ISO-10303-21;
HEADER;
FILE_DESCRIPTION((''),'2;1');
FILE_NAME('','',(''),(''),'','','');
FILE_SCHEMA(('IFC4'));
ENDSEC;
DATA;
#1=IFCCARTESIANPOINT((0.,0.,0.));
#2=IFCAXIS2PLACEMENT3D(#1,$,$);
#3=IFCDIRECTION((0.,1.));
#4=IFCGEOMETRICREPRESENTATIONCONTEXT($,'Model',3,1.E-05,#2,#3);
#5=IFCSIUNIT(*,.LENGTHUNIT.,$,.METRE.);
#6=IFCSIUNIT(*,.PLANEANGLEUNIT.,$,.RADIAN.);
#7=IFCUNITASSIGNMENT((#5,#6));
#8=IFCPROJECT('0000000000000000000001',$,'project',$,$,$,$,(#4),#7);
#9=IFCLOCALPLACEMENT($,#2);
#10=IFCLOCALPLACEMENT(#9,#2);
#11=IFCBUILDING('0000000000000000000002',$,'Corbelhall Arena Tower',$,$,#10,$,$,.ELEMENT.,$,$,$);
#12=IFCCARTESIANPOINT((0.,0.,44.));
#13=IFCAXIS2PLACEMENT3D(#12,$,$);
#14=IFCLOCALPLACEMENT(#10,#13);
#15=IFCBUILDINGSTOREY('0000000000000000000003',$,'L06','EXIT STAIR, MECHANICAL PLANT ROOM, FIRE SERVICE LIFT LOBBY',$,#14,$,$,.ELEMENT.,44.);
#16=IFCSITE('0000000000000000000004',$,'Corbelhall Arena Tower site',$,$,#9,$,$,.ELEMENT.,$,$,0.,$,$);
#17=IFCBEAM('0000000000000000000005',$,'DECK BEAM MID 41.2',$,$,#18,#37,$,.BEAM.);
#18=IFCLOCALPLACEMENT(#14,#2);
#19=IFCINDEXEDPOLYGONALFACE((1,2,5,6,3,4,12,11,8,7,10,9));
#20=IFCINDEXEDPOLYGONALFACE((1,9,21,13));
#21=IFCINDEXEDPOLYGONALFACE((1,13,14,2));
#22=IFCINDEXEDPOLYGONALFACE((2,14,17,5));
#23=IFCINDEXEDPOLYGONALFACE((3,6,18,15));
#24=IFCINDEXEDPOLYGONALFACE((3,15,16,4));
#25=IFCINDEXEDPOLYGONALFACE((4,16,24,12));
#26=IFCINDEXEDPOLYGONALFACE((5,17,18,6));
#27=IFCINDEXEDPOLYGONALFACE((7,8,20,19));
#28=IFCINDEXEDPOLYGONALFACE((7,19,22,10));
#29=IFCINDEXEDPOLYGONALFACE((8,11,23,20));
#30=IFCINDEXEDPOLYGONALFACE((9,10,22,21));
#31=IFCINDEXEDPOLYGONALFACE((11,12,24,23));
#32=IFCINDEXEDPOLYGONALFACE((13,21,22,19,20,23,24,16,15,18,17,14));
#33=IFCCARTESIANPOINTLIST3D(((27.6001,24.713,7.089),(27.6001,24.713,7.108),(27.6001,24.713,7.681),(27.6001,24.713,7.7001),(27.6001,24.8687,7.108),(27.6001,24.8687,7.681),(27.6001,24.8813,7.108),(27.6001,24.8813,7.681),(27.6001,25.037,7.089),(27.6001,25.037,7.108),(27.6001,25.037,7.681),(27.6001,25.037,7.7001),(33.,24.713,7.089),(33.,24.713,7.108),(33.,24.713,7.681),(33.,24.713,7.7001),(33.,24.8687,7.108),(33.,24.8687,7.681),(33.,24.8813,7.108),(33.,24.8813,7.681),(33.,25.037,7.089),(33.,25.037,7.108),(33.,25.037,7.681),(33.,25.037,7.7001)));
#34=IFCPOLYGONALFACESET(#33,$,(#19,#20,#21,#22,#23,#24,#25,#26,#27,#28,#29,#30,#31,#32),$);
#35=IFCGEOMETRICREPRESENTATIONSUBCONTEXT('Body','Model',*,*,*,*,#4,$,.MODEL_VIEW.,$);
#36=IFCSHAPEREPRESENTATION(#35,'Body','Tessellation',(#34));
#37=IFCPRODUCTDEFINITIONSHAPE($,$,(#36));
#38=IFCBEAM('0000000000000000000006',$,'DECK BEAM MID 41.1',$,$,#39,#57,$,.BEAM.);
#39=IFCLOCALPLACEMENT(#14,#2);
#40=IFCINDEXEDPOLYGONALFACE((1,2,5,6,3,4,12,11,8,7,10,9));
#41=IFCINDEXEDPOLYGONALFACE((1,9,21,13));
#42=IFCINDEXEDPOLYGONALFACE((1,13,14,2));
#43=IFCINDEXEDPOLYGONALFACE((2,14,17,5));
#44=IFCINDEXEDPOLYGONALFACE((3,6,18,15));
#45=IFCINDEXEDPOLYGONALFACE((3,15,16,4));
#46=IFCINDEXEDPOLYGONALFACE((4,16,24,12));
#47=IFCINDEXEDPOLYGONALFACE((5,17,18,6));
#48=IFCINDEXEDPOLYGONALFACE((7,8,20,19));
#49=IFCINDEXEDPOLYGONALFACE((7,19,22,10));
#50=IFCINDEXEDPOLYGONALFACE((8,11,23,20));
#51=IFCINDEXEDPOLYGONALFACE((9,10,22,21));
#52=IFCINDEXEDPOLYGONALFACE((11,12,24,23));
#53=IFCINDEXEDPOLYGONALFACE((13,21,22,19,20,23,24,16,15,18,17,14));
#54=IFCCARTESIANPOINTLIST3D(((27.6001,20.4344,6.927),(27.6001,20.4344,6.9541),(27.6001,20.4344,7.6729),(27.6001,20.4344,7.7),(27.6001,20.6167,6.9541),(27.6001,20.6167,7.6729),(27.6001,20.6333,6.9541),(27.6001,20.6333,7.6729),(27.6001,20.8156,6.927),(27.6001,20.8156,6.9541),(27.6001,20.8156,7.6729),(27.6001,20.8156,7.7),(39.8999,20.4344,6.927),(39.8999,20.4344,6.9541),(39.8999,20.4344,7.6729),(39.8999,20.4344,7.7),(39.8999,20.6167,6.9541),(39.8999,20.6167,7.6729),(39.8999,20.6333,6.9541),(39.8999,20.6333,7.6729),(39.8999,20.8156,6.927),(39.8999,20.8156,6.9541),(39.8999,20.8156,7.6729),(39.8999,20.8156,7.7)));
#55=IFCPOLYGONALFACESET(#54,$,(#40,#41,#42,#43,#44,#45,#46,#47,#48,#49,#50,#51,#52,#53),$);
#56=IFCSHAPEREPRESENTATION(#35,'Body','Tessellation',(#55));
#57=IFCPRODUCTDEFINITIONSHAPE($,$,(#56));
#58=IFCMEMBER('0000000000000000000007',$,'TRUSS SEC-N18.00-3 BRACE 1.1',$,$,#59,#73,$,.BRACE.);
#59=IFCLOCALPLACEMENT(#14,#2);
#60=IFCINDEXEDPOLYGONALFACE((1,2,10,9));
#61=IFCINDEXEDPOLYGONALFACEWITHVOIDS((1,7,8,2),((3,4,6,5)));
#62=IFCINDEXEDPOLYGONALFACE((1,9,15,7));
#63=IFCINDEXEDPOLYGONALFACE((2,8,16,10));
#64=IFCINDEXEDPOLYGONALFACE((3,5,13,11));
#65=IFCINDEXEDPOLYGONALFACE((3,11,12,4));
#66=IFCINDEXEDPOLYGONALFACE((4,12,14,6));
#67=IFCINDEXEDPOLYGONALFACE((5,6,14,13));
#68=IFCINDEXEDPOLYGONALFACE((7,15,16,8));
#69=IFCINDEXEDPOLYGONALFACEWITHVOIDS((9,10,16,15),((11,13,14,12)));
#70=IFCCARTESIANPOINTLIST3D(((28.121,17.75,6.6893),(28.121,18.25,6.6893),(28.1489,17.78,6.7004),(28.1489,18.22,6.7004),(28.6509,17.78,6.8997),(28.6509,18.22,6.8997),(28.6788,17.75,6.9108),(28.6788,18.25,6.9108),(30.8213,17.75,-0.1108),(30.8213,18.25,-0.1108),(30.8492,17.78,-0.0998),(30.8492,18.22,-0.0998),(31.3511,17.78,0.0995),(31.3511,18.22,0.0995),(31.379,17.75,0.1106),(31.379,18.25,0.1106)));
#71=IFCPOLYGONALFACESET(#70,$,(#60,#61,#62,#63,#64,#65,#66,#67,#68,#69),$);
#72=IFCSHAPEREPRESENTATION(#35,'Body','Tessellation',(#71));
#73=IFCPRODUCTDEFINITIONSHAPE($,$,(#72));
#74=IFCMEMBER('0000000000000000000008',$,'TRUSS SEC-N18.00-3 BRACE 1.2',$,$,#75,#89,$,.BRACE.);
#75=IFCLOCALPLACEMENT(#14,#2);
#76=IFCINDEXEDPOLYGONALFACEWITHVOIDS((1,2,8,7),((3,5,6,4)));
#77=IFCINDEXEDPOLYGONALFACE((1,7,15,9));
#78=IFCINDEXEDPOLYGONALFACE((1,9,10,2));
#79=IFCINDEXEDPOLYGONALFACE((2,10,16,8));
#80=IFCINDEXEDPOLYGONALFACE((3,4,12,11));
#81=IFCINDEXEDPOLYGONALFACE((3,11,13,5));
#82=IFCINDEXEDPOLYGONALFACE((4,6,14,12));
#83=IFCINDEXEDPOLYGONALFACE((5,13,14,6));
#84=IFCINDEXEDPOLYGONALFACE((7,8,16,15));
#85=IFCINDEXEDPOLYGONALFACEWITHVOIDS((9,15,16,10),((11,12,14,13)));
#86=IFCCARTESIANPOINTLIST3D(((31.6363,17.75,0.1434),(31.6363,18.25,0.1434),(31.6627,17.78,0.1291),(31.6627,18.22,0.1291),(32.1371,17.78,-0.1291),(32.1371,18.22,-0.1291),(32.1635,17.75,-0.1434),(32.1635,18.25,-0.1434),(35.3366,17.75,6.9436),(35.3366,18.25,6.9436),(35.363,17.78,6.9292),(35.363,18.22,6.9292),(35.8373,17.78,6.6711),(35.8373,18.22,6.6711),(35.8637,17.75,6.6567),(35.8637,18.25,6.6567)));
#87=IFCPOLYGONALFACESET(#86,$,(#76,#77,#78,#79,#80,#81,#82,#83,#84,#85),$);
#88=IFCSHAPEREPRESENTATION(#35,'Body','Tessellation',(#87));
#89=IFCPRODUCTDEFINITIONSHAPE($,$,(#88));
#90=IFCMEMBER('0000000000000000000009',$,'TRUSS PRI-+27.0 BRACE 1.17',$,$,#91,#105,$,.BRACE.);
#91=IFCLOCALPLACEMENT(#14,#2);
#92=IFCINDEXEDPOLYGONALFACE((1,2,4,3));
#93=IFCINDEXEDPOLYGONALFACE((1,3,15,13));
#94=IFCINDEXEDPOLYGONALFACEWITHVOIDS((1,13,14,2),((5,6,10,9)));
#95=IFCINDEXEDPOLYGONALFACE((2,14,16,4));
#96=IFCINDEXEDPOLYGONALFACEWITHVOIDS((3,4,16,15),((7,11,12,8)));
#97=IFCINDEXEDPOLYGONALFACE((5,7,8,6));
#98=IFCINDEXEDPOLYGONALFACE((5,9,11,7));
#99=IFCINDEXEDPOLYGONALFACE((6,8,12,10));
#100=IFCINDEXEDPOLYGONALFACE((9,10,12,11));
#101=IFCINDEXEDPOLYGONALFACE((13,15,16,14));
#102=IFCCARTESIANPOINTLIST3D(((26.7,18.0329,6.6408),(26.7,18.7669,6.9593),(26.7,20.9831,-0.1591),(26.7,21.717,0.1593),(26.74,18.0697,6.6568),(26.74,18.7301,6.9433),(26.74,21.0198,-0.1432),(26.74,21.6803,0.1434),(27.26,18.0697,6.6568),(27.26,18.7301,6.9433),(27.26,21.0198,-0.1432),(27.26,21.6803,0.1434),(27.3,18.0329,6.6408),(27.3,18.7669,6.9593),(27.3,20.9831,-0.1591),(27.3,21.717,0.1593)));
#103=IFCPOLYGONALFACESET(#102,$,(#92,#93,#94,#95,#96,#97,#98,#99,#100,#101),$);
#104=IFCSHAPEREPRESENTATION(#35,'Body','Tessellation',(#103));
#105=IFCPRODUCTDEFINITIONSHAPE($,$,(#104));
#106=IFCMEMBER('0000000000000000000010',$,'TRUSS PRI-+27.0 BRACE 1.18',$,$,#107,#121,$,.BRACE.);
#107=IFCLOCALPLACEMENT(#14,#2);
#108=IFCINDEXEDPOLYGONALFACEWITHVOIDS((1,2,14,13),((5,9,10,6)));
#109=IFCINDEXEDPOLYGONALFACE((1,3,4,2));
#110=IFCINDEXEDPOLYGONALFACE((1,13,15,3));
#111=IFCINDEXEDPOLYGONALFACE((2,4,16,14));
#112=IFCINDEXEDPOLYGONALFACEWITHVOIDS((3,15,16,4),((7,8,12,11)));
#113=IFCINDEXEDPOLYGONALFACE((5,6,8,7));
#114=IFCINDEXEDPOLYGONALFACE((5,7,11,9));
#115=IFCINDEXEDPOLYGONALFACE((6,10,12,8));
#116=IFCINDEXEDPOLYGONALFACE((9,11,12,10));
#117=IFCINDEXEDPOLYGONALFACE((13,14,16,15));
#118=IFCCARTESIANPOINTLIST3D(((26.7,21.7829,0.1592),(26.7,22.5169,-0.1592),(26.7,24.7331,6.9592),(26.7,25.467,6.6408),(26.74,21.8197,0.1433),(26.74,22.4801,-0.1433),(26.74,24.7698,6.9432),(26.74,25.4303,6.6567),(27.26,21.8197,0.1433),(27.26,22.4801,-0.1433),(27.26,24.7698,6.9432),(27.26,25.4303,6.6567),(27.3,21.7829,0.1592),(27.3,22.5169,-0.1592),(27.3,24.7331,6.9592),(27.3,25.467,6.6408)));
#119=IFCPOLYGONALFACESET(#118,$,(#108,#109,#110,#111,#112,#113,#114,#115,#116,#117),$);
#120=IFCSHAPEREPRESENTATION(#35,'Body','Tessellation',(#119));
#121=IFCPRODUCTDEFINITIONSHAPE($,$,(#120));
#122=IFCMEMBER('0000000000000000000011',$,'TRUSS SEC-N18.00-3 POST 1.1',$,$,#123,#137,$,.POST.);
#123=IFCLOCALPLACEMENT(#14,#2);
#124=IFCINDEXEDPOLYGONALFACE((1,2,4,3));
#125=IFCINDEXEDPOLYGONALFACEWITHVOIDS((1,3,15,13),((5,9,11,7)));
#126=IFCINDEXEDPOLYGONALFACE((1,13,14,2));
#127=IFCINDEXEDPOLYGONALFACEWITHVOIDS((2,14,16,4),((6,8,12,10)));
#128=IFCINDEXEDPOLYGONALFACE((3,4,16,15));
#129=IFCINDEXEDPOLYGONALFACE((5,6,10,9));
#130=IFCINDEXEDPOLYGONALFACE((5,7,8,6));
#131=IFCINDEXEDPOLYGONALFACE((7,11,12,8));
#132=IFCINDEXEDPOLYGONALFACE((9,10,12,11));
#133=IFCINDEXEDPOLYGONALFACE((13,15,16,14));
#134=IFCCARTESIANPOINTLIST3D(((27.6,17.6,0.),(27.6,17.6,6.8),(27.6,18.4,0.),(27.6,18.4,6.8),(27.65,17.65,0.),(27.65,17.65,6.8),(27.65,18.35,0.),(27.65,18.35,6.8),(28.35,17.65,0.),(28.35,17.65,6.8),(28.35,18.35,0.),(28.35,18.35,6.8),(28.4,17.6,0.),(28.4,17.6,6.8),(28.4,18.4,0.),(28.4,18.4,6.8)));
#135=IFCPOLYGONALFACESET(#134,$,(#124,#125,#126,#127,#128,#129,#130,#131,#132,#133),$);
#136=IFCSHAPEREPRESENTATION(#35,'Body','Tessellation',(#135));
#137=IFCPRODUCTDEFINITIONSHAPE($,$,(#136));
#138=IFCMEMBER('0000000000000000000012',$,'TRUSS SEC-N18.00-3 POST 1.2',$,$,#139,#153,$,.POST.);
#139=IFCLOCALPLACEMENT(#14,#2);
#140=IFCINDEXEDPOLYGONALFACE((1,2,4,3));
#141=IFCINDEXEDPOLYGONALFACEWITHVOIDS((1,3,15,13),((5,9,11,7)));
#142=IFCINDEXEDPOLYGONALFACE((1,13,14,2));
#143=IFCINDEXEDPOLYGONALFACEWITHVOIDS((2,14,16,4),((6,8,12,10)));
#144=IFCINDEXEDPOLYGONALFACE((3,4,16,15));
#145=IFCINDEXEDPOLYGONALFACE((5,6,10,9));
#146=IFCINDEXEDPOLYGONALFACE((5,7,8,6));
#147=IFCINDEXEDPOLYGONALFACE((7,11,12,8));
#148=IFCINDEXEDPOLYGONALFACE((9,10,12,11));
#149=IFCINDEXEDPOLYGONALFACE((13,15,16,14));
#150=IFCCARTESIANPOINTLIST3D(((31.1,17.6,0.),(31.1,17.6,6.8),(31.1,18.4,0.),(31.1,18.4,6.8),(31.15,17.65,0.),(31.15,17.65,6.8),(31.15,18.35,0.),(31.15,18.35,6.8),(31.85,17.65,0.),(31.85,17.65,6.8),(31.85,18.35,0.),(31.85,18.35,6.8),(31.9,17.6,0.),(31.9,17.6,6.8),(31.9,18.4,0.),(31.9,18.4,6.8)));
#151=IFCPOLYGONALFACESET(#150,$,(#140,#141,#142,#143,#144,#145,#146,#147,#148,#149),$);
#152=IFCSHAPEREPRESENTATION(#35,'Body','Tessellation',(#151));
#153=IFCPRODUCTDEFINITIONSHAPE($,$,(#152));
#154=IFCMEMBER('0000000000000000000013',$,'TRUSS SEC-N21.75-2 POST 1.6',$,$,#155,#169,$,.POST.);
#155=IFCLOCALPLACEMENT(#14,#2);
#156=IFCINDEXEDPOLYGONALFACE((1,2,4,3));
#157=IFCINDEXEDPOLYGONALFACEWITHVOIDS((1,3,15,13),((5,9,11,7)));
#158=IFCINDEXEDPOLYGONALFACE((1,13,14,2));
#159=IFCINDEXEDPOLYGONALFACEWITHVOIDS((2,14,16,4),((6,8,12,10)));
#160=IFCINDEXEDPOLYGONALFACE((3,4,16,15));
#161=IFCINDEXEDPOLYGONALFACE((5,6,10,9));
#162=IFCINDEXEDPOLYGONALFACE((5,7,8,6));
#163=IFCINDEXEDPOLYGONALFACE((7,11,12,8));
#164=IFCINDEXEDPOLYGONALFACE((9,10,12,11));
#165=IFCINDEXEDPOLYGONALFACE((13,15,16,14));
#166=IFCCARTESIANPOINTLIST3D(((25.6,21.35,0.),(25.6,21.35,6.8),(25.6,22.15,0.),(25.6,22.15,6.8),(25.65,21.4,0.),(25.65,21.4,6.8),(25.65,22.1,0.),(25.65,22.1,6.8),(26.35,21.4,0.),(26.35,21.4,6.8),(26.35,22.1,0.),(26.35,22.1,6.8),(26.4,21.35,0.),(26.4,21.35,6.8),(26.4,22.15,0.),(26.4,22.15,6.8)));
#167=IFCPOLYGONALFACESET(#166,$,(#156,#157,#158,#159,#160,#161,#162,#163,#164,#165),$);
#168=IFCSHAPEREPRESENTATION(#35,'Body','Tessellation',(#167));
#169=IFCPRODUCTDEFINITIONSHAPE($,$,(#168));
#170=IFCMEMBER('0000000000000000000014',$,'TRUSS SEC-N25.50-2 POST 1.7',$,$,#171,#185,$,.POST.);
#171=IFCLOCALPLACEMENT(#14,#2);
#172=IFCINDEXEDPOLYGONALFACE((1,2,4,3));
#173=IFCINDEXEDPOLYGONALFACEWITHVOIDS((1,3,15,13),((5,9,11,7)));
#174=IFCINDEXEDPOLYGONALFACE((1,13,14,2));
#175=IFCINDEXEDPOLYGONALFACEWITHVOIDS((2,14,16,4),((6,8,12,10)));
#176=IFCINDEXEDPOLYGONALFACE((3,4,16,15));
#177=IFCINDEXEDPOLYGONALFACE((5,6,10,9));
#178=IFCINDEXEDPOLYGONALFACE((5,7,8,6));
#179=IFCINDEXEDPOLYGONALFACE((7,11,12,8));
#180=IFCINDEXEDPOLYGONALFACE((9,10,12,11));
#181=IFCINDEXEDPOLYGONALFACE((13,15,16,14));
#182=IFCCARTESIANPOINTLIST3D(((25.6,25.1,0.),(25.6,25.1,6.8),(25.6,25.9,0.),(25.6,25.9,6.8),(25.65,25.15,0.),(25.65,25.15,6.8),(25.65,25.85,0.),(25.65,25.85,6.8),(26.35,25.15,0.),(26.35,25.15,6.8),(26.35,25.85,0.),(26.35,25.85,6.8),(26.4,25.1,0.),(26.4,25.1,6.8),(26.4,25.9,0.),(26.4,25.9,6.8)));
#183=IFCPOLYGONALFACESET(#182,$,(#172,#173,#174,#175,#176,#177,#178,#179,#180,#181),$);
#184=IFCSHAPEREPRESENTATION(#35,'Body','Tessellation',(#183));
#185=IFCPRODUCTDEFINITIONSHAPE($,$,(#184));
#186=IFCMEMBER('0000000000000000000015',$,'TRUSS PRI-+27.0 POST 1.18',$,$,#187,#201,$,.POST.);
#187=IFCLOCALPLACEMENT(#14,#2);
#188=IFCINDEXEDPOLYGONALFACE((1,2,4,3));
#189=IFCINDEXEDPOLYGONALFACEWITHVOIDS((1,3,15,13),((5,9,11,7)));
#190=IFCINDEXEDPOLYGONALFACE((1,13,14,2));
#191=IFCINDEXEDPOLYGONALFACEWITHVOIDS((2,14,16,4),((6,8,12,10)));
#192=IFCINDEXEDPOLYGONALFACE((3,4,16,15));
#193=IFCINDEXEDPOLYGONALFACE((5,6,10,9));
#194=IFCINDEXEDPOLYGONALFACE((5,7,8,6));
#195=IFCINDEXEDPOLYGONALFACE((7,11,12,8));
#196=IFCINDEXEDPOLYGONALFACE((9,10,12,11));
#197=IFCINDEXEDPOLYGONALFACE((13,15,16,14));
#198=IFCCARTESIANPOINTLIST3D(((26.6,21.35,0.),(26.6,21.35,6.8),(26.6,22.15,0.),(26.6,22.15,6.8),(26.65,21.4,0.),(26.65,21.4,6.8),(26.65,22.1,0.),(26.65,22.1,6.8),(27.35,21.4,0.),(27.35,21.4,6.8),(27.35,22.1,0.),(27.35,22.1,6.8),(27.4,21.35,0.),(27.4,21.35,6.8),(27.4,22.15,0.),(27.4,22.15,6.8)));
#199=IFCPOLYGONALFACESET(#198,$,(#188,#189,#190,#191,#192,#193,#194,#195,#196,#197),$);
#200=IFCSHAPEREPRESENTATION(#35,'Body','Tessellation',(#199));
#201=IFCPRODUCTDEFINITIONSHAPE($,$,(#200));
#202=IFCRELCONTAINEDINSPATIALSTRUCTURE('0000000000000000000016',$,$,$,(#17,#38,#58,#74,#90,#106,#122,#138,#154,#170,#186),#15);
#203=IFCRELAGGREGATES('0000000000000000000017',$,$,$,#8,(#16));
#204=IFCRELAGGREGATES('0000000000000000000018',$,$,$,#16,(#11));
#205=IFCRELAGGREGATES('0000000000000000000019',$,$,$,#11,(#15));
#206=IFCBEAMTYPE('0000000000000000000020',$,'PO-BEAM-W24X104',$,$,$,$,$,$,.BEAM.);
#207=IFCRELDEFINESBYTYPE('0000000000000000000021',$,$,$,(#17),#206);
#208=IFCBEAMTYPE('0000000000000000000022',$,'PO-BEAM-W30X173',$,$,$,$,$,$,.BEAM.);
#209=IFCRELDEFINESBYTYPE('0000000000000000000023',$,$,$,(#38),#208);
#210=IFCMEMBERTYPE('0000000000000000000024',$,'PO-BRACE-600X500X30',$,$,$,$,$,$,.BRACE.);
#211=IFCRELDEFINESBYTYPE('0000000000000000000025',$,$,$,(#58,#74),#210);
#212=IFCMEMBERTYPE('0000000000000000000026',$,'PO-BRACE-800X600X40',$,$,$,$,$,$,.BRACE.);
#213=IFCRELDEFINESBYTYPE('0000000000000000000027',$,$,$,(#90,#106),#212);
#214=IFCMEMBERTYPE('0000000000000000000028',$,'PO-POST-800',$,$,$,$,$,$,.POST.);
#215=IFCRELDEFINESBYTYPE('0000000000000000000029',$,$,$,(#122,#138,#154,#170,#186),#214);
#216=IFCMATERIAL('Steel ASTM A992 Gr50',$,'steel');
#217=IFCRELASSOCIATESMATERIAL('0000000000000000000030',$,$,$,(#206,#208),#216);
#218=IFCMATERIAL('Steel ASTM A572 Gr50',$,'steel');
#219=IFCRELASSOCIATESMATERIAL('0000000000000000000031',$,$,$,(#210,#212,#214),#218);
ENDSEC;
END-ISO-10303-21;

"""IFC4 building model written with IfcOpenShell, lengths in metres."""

from ifc_helpers import new_model, si_unit, direction, frame, origin, origin_2d, place, context, subcontext, project, spatial, hollow_rectangle, i_section, extrude, material, material_profile, profile_set, type_object, element, save


model = new_model("IFC4")

# Units and contexts
model_context = context("Model", 3, precision=1e-05, world=origin(), true_north=direction((0.0, 1.0)))
body_context = subcontext(model_context, "Body", "Model", "MODEL_VIEW")
ifc_project = project(units=[si_unit("LENGTHUNIT", "METRE"), si_unit("PLANEANGLEUNIT", "RADIAN")], contexts=[model_context])

# Site, building, storey
site_placement = place(None, origin())
site = spatial("IfcSite", under=ifc_project, at=site_placement, Name="Corbelhall Arena Tower site", CompositionType="ELEMENT", RefElevation=0.0)
building_placement = place(site_placement, origin())
building = spatial("IfcBuilding", under=site, at=building_placement, Name="Corbelhall Arena Tower", CompositionType="ELEMENT")
storey_placement = place(building_placement, frame((0.0, 0.0, 44.0)))
storey = spatial("IfcBuildingStorey", under=building, at=storey_placement, Name="L06", Description="EXIT STAIR, MECHANICAL PLANT ROOM, FIRE SERVICE LIFT LOBBY", CompositionType="ELEMENT", Elevation=44.0)

# Beams
ifc_material_1 = material(Name="Steel ASTM A992 Gr50", Category="steel")
ifc_material_profile_1 = material_profile(ifc_material_1, i_section(OverallWidth=0.324, OverallDepth=0.6111, WebThickness=0.0127, FlangeThickness=0.019, at=origin_2d()))
ifc_profile_set_1 = profile_set([ifc_material_profile_1], Name="Steel ASTM A992 Gr50")
beam_type_1 = type_object("IfcBeamType", Name="PO-BEAM-W24X104", PredefinedType="BEAM", material=ifc_profile_set_1)
beam_1_placement = place(storey_placement, frame((27.6001, 24.875, 7.3945), z_axis=(1.0, 0.0, 0.0), x_axis=(0.0, 1.0, 0.0)))
element("IfcBeam", 1, at=beam_1_placement, inside=storey, type_object=beam_type_1, Name="DECK BEAM MID 41.2", PredefinedType="BEAM", context=body_context, shape_type="SweptSolid", body=[
    extrude(i_section(OverallWidth=0.324, OverallDepth=0.6111, WebThickness=0.0127, FlangeThickness=0.019, at=origin_2d()), origin(), (0.0, 0.0, 1.0), 5.3999),
])
ifc_material_profile_2 = material_profile(ifc_material_1, i_section(OverallWidth=0.3811, OverallDepth=0.7729, WebThickness=0.0166, FlangeThickness=0.0271, at=origin_2d()))
ifc_profile_set_2 = profile_set([ifc_material_profile_2], Name="Steel ASTM A992 Gr50")
beam_type_2 = type_object("IfcBeamType", Name="PO-BEAM-W30X173", PredefinedType="BEAM", material=ifc_profile_set_2)
beam_2_placement = place(storey_placement, frame((27.6001, 20.625, 7.3135), z_axis=(1.0, 0.0, 0.0), x_axis=(0.0, 1.0, 0.0)))
element("IfcBeam", 2, at=beam_2_placement, inside=storey, type_object=beam_type_2, Name="DECK BEAM MID 41.1", PredefinedType="BEAM", context=body_context, shape_type="SweptSolid", body=[
    extrude(i_section(OverallWidth=0.3811, OverallDepth=0.7729, WebThickness=0.0166, FlangeThickness=0.0271, at=origin_2d()), origin(), (0.0, 0.0, 1.0), 12.2998),
])

# Members
ifc_material_2 = material(Name="Steel ASTM A572 Gr50", Category="steel")
ifc_material_profile_3 = material_profile(ifc_material_2, hollow_rectangle(XDim=0.5, YDim=0.6001, WallThickness=0.03, at=origin_2d()))
ifc_profile_set_3 = profile_set([ifc_material_profile_3], Name="Steel ASTM A572 Gr50")
member_type_1 = type_object("IfcMemberType", Name="PO-BRACE-600X500X30", PredefinedType="BRACE", material=ifc_profile_set_3)
member_1_placement = place(storey_placement, frame((28.3999, 18.0, 6.8), z_axis=(0.369054, 0.0, -0.929408), x_axis=(0.0, 1.0, 0.0)))
element("IfcMember", 3, at=member_1_placement, inside=storey, type_object=member_type_1, Name="TRUSS SEC-N18.00-3 BRACE 1.1", PredefinedType="BRACE", context=body_context, shape_type="SweptSolid", body=[
    extrude(hollow_rectangle(XDim=0.5, YDim=0.6001, WallThickness=0.03, at=origin_2d()), origin(), (0.0, 0.0, 1.0), 7.3167),
])
member_2_placement = place(storey_placement, frame((31.8999, 18.0, 0.0), z_axis=(0.477964, 0.0, 0.87838), x_axis=(0.0, 1.0, 0.0)))
element("IfcMember", 4, at=member_2_placement, inside=storey, type_object=member_type_1, Name="TRUSS SEC-N18.00-3 BRACE 1.2", PredefinedType="BRACE", context=body_context, shape_type="SweptSolid", body=[
    extrude(hollow_rectangle(XDim=0.5, YDim=0.6001, WallThickness=0.03, at=origin_2d()), origin(), (0.0, 0.0, 1.0), 7.7417),
])
ifc_material_profile_4 = material_profile(ifc_material_2, hollow_rectangle(XDim=0.6001, YDim=0.8, WallThickness=0.04, at=origin_2d()))
ifc_profile_set_4 = profile_set([ifc_material_profile_4], Name="Steel ASTM A572 Gr50")
member_type_2 = type_object("IfcMemberType", Name="PO-BRACE-800X600X40", PredefinedType="BRACE", material=ifc_profile_set_4)
for number, where, z_axis, x_axis, name in (
    (5, (27.0, 18.3999, 6.8), (0.0, 0.398006, -0.917383), (-1.0, 0.0, 0.0), "TRUSS PRI-+27.0 BRACE 1.17"),
    (6, (27.0, 22.1499, 0.0), (0.0, 0.398006, 0.917383), (-1.0, 0.0, 0.0), "TRUSS PRI-+27.0 BRACE 1.18"),
):
    element("IfcMember", number, at=place(storey_placement, frame(where, z_axis=z_axis, x_axis=x_axis)), inside=storey, type_object=member_type_2, Name=name, PredefinedType="BRACE", context=body_context, shape_type="SweptSolid", body=[
        extrude(hollow_rectangle(XDim=0.6001, YDim=0.8, WallThickness=0.04, at=origin_2d()), origin(), (0.0, 0.0, 1.0), 7.4124),
    ])
ifc_material_profile_5 = material_profile(ifc_material_2, hollow_rectangle(XDim=0.8, YDim=0.8, WallThickness=0.05, at=origin_2d()))
ifc_profile_set_5 = profile_set([ifc_material_profile_5], Name="Steel ASTM A572 Gr50")
member_type_3 = type_object("IfcMemberType", Name="PO-POST-800", PredefinedType="POST", material=ifc_profile_set_5)
for number, where, z_axis, x_axis, name in (
    (7, (28.0, 18.0, 0.0), (0.0, 0.0, 1.0), (1.0, 0.0, 0.0), "TRUSS SEC-N18.00-3 POST 1.1"),
    (8, (31.5, 18.0, 0.0), (0.0, 0.0, 1.0), (1.0, 0.0, 0.0), "TRUSS SEC-N18.00-3 POST 1.2"),
    (9, (26.0, 21.75, 0.0), (0.0, 0.0, 1.0), (1.0, 0.0, 0.0), "TRUSS SEC-N21.75-2 POST 1.6"),
    (10, (26.0, 25.5, 0.0), (0.0, 0.0, 1.0), (1.0, 0.0, 0.0), "TRUSS SEC-N25.50-2 POST 1.7"),
    (11, (27.0, 21.75, 0.0), (0.0, 0.0, 1.0), (1.0, 0.0, 0.0), "TRUSS PRI-+27.0 POST 1.18"),
):
    element("IfcMember", number, at=place(storey_placement, frame(where, z_axis=z_axis, x_axis=x_axis)), inside=storey, type_object=member_type_3, Name=name, PredefinedType="POST", context=body_context, shape_type="SweptSolid", body=[
        extrude(hollow_rectangle(XDim=0.8, YDim=0.8, WallThickness=0.05, at=origin_2d()), origin(), (0.0, 0.0, 1.0), 6.8),
    ])

save(model, "model.ifc")
